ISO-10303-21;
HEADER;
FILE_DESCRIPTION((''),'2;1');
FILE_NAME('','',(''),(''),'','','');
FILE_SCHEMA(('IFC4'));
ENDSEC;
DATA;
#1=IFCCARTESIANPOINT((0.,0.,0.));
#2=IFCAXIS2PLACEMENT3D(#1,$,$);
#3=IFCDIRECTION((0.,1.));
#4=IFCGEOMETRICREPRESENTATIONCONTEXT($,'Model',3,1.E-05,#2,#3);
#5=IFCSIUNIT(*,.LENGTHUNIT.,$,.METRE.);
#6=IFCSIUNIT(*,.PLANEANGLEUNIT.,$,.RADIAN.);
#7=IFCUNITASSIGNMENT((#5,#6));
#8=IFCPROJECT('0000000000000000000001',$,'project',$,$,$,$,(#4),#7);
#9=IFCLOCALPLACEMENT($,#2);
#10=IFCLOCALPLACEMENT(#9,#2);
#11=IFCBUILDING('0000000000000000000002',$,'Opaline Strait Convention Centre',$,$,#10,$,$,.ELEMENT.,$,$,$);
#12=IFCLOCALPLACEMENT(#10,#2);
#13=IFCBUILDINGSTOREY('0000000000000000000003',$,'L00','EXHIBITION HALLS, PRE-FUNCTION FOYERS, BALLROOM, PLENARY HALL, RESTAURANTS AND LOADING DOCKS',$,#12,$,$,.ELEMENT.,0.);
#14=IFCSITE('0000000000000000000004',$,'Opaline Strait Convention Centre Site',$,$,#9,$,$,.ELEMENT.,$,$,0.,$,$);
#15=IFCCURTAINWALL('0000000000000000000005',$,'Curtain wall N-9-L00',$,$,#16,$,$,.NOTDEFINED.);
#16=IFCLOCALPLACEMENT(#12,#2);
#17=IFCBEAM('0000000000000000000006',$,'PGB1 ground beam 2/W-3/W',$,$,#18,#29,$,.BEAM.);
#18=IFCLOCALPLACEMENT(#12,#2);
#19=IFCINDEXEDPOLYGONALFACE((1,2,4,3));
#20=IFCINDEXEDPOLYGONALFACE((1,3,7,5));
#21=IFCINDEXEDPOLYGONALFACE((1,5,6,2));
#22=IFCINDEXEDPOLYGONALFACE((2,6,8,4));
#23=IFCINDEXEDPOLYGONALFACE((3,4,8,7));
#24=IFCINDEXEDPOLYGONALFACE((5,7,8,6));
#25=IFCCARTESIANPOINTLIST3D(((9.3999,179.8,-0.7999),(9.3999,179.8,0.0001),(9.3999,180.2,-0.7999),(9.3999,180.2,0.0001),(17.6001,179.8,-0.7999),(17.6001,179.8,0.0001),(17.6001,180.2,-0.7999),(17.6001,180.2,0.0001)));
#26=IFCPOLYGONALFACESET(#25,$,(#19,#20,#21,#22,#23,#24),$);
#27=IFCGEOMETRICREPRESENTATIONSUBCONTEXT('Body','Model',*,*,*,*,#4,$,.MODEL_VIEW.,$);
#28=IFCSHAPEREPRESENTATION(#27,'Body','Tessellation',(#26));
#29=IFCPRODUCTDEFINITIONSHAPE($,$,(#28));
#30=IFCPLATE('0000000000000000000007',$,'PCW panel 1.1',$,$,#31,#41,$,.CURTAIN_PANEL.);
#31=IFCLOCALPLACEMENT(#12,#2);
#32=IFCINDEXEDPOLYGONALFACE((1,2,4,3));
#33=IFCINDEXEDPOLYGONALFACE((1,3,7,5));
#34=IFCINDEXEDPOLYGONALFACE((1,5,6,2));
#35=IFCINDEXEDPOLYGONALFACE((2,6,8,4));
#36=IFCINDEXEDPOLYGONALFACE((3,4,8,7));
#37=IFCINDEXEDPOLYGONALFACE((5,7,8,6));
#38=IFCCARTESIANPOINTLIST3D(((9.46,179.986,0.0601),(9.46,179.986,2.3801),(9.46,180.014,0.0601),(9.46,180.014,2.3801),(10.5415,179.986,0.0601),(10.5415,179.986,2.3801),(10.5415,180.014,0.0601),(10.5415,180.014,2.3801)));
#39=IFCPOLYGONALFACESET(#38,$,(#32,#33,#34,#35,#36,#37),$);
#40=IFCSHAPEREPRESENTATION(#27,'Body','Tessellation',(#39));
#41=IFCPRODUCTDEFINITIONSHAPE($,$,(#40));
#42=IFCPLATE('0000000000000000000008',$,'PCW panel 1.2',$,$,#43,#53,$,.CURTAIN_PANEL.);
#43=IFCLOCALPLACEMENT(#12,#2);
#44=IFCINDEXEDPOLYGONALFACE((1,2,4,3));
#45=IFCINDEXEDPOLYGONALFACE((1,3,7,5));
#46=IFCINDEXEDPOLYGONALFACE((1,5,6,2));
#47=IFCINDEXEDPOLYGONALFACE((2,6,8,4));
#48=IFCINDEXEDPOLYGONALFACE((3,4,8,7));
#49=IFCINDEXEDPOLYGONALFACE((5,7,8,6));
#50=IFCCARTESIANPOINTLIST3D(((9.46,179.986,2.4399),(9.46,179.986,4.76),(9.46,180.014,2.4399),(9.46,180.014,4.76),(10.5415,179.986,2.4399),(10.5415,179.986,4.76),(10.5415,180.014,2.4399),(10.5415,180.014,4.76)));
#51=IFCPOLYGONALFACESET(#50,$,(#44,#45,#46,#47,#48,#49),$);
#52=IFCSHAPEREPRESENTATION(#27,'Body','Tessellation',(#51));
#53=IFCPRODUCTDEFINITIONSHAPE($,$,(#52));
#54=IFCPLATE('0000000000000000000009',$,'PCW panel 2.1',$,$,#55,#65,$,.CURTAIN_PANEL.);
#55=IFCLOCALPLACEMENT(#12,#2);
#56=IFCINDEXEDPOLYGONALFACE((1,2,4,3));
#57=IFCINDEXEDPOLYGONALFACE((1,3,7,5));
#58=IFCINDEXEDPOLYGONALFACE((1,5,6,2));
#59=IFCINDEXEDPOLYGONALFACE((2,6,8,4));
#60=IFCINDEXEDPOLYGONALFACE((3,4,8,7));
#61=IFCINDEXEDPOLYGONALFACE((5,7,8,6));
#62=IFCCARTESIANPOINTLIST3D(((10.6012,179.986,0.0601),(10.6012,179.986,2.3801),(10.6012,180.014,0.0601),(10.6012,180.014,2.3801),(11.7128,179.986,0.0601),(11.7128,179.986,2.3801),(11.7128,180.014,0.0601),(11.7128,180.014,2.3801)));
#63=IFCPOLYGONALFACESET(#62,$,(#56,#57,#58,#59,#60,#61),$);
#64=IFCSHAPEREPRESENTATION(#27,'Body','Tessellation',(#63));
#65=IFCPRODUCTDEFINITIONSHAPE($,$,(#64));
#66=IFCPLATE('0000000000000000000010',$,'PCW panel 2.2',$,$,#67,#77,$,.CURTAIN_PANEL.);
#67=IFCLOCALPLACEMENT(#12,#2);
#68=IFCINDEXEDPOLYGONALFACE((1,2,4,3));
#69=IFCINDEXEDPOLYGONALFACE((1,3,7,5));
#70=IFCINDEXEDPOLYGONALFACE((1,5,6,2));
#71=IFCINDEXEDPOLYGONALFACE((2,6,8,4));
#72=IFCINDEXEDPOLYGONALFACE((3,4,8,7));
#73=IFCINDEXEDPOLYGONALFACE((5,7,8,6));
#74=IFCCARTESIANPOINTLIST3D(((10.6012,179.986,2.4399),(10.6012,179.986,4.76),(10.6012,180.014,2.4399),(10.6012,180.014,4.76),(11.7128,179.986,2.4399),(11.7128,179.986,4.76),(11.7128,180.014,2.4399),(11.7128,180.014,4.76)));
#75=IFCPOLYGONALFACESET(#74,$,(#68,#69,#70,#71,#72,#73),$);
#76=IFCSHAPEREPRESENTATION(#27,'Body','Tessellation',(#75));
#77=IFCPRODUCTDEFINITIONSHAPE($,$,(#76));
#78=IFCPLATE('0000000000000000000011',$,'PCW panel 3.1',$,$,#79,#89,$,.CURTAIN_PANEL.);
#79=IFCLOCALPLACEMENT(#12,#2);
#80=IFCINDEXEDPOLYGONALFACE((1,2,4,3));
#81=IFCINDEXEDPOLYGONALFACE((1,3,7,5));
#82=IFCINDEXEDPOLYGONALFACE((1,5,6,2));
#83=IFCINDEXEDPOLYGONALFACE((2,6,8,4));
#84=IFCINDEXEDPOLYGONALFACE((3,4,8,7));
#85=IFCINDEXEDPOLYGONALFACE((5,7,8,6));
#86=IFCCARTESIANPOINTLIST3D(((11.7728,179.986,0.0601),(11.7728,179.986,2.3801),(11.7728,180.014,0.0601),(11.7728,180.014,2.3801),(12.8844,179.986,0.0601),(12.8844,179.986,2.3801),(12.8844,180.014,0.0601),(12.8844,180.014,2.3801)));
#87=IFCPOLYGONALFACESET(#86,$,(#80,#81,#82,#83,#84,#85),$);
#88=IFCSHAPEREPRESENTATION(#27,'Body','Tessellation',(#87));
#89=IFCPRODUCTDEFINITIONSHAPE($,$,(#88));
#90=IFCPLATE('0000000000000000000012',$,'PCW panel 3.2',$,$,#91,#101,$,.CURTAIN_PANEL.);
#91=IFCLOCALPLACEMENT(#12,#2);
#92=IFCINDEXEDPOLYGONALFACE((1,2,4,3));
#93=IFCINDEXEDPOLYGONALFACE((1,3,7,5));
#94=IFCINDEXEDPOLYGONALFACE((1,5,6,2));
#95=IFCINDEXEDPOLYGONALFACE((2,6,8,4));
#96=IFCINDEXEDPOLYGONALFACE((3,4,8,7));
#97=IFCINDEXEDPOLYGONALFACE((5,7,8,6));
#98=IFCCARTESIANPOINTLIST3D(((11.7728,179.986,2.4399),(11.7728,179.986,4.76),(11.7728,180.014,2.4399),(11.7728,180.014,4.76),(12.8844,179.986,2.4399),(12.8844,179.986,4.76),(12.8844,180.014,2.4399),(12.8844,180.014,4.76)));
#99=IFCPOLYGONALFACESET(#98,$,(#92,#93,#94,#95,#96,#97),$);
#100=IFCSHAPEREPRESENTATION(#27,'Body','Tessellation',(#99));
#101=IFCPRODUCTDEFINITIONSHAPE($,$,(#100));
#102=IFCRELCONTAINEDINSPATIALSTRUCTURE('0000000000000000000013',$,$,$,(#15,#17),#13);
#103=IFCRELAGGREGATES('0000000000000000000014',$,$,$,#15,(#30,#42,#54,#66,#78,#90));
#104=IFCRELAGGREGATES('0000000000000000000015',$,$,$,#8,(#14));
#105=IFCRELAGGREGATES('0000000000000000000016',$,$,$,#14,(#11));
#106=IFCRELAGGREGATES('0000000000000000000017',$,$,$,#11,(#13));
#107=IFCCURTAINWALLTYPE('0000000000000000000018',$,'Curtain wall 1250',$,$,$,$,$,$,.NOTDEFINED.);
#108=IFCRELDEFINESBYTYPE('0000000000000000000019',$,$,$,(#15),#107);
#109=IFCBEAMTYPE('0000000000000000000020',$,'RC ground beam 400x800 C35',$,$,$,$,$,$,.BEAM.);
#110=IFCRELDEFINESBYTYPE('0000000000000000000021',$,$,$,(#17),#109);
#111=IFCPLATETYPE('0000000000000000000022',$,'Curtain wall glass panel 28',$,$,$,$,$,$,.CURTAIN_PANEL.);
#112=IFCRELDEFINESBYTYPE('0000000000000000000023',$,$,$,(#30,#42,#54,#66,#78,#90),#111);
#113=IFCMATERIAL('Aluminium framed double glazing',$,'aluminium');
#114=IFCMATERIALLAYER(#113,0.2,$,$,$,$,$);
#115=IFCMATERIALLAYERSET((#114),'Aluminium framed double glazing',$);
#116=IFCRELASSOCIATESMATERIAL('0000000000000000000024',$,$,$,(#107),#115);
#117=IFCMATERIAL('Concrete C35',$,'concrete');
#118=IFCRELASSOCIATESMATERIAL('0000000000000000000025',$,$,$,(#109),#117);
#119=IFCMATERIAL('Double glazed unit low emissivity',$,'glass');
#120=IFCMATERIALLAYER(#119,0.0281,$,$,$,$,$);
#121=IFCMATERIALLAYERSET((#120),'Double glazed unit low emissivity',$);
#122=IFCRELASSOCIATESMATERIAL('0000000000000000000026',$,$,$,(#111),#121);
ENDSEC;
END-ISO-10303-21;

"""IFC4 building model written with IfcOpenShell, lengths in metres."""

from ifc_helpers import new_model, si_unit, direction, frame, origin, origin_2d, place, context, subcontext, project, spatial, rectangle, extrude, material, layer, layer_set, material_profile, profile_set, type_object, element, aggregate, save


model = new_model("IFC4")

# Units and contexts
model_context = context("Model", 3, precision=1e-05, world=origin(), true_north=direction((0.0, 1.0)))
body_context = subcontext(model_context, "Body", "Model", "MODEL_VIEW")
ifc_project = project(units=[si_unit("LENGTHUNIT", "METRE"), si_unit("PLANEANGLEUNIT", "RADIAN")], contexts=[model_context])

# Site, building, storey
site_placement = place(None, origin())
site = spatial("IfcSite", under=ifc_project, at=site_placement, Name="Opaline Strait Convention Centre Site", CompositionType="ELEMENT", RefElevation=0.0)
building_placement = place(site_placement, origin())
building = spatial("IfcBuilding", under=site, at=building_placement, Name="Opaline Strait Convention Centre", CompositionType="ELEMENT")
storey_placement = place(building_placement, origin())
storey = spatial("IfcBuildingStorey", under=building, at=storey_placement, Name="L00", Description="EXHIBITION HALLS, PRE-FUNCTION FOYERS, BALLROOM, PLENARY HALL, RESTAURANTS AND LOADING DOCKS", CompositionType="ELEMENT", Elevation=0.0)

# Shared definitions
ifc_material_1 = material(Name="Concrete C35", Category="concrete")

# Curtain wall
ifc_material_2 = material(Name="Aluminium framed double glazing", Category="aluminium")
ifc_layer_1 = layer(ifc_material_2, 0.2)
ifc_layer_set_1 = layer_set([ifc_layer_1], Name="Aluminium framed double glazing")
curtain_wall_type = type_object("IfcCurtainWallType", Name="Curtain wall 1250", PredefinedType="NOTDEFINED", material=ifc_layer_set_1)
curtain_wall_placement = place(storey_placement, origin())
curtain_wall = element("IfcCurtainWall", 1, at=curtain_wall_placement, inside=storey, type_object=curtain_wall_type, Name="Curtain wall N-9-L00", PredefinedType="NOTDEFINED")

# Beam
ifc_material_profile_1 = material_profile(ifc_material_1, rectangle(XDim=0.3999, YDim=0.8, at=origin_2d()), Name="RC 400x800")
ifc_profile_set_1 = profile_set([ifc_material_profile_1], Name="Concrete C35")
beam_type = type_object("IfcBeamType", Name="RC ground beam 400x800 C35", PredefinedType="BEAM", material=ifc_profile_set_1)
beam_placement = place(storey_placement, frame((9.3999, 180.0, -0.3999), z_axis=(1.0, 0.0, 0.0), x_axis=(0.0, 1.0, 0.0)))
element("IfcBeam", 2, at=beam_placement, inside=storey, type_object=beam_type, Name="PGB1 ground beam 2/W-3/W", PredefinedType="BEAM", context=body_context, shape_type="SweptSolid", body=[
    extrude(rectangle(XDim=0.3999, YDim=0.8, at=origin_2d()), origin(), (0.0, 0.0, 1.0), 8.2002),
])

# Plates
ifc_material_3 = material(Name="Double glazed unit low emissivity", Category="glass")
ifc_layer_2 = layer(ifc_material_3, 0.0281)
ifc_layer_set_2 = layer_set([ifc_layer_2], Name="Double glazed unit low emissivity")
plate_type = type_object("IfcPlateType", Name="Curtain wall glass panel 28", PredefinedType="CURTAIN_PANEL", material=ifc_layer_set_2)
plate_1_placement = place(storey_placement, frame((10.0007, 180.0, 0.0601), z_axis=(0.0, 0.0, 1.0), x_axis=(1.0, 0.0, 0.0)))
plate_1 = element("IfcPlate", 3, at=plate_1_placement, type_object=plate_type, Name="PCW panel 1.1", PredefinedType="CURTAIN_PANEL", context=body_context, shape_type="SweptSolid", body=[
    extrude(rectangle(XDim=1.0815, YDim=0.0281, at=origin_2d()), origin(), (0.0, 0.0, 1.0), 2.3201),
])
plate_2_placement = place(storey_placement, frame((10.0007, 180.0, 2.4399), z_axis=(0.0, 0.0, 1.0), x_axis=(1.0, 0.0, 0.0)))
plate_2 = element("IfcPlate", 4, at=plate_2_placement, type_object=plate_type, Name="PCW panel 1.2", PredefinedType="CURTAIN_PANEL", context=body_context, shape_type="SweptSolid", body=[
    extrude(rectangle(XDim=1.0815, YDim=0.0281, at=origin_2d()), origin(), (0.0, 0.0, 1.0), 2.3201),
])
plate_3_placement = place(storey_placement, frame((11.157, 180.0, 0.0601), z_axis=(0.0, 0.0, 1.0), x_axis=(1.0, 0.0, 0.0)))
plate_3 = element("IfcPlate", 5, at=plate_3_placement, type_object=plate_type, Name="PCW panel 2.1", PredefinedType="CURTAIN_PANEL", context=body_context, shape_type="SweptSolid", body=[
    extrude(rectangle(XDim=1.1116, YDim=0.0281, at=origin_2d()), origin(), (0.0, 0.0, 1.0), 2.3201),
])
plate_4_placement = place(storey_placement, frame((11.157, 180.0, 2.4399), z_axis=(0.0, 0.0, 1.0), x_axis=(1.0, 0.0, 0.0)))
plate_4 = element("IfcPlate", 6, at=plate_4_placement, type_object=plate_type, Name="PCW panel 2.2", PredefinedType="CURTAIN_PANEL", context=body_context, shape_type="SweptSolid", body=[
    extrude(rectangle(XDim=1.1116, YDim=0.0281, at=origin_2d()), origin(), (0.0, 0.0, 1.0), 2.3201),
])
plate_5_placement = place(storey_placement, frame((12.3286, 180.0, 0.0601), z_axis=(0.0, 0.0, 1.0), x_axis=(1.0, 0.0, 0.0)))
plate_5 = element("IfcPlate", 7, at=plate_5_placement, type_object=plate_type, Name="PCW panel 3.1", PredefinedType="CURTAIN_PANEL", context=body_context, shape_type="SweptSolid", body=[
    extrude(rectangle(XDim=1.1116, YDim=0.0281, at=origin_2d()), origin(), (0.0, 0.0, 1.0), 2.3201),
])
plate_6_placement = place(storey_placement, frame((12.3286, 180.0, 2.4399), z_axis=(0.0, 0.0, 1.0), x_axis=(1.0, 0.0, 0.0)))
plate_6 = element("IfcPlate", 8, at=plate_6_placement, type_object=plate_type, Name="PCW panel 3.2", PredefinedType="CURTAIN_PANEL", context=body_context, shape_type="SweptSolid", body=[
    extrude(rectangle(XDim=1.1116, YDim=0.0281, at=origin_2d()), origin(), (0.0, 0.0, 1.0), 2.3201),
])
aggregate(curtain_wall, [plate_1, plate_2, plate_3, plate_4, plate_5, plate_6])

save(model, "model.ifc")
